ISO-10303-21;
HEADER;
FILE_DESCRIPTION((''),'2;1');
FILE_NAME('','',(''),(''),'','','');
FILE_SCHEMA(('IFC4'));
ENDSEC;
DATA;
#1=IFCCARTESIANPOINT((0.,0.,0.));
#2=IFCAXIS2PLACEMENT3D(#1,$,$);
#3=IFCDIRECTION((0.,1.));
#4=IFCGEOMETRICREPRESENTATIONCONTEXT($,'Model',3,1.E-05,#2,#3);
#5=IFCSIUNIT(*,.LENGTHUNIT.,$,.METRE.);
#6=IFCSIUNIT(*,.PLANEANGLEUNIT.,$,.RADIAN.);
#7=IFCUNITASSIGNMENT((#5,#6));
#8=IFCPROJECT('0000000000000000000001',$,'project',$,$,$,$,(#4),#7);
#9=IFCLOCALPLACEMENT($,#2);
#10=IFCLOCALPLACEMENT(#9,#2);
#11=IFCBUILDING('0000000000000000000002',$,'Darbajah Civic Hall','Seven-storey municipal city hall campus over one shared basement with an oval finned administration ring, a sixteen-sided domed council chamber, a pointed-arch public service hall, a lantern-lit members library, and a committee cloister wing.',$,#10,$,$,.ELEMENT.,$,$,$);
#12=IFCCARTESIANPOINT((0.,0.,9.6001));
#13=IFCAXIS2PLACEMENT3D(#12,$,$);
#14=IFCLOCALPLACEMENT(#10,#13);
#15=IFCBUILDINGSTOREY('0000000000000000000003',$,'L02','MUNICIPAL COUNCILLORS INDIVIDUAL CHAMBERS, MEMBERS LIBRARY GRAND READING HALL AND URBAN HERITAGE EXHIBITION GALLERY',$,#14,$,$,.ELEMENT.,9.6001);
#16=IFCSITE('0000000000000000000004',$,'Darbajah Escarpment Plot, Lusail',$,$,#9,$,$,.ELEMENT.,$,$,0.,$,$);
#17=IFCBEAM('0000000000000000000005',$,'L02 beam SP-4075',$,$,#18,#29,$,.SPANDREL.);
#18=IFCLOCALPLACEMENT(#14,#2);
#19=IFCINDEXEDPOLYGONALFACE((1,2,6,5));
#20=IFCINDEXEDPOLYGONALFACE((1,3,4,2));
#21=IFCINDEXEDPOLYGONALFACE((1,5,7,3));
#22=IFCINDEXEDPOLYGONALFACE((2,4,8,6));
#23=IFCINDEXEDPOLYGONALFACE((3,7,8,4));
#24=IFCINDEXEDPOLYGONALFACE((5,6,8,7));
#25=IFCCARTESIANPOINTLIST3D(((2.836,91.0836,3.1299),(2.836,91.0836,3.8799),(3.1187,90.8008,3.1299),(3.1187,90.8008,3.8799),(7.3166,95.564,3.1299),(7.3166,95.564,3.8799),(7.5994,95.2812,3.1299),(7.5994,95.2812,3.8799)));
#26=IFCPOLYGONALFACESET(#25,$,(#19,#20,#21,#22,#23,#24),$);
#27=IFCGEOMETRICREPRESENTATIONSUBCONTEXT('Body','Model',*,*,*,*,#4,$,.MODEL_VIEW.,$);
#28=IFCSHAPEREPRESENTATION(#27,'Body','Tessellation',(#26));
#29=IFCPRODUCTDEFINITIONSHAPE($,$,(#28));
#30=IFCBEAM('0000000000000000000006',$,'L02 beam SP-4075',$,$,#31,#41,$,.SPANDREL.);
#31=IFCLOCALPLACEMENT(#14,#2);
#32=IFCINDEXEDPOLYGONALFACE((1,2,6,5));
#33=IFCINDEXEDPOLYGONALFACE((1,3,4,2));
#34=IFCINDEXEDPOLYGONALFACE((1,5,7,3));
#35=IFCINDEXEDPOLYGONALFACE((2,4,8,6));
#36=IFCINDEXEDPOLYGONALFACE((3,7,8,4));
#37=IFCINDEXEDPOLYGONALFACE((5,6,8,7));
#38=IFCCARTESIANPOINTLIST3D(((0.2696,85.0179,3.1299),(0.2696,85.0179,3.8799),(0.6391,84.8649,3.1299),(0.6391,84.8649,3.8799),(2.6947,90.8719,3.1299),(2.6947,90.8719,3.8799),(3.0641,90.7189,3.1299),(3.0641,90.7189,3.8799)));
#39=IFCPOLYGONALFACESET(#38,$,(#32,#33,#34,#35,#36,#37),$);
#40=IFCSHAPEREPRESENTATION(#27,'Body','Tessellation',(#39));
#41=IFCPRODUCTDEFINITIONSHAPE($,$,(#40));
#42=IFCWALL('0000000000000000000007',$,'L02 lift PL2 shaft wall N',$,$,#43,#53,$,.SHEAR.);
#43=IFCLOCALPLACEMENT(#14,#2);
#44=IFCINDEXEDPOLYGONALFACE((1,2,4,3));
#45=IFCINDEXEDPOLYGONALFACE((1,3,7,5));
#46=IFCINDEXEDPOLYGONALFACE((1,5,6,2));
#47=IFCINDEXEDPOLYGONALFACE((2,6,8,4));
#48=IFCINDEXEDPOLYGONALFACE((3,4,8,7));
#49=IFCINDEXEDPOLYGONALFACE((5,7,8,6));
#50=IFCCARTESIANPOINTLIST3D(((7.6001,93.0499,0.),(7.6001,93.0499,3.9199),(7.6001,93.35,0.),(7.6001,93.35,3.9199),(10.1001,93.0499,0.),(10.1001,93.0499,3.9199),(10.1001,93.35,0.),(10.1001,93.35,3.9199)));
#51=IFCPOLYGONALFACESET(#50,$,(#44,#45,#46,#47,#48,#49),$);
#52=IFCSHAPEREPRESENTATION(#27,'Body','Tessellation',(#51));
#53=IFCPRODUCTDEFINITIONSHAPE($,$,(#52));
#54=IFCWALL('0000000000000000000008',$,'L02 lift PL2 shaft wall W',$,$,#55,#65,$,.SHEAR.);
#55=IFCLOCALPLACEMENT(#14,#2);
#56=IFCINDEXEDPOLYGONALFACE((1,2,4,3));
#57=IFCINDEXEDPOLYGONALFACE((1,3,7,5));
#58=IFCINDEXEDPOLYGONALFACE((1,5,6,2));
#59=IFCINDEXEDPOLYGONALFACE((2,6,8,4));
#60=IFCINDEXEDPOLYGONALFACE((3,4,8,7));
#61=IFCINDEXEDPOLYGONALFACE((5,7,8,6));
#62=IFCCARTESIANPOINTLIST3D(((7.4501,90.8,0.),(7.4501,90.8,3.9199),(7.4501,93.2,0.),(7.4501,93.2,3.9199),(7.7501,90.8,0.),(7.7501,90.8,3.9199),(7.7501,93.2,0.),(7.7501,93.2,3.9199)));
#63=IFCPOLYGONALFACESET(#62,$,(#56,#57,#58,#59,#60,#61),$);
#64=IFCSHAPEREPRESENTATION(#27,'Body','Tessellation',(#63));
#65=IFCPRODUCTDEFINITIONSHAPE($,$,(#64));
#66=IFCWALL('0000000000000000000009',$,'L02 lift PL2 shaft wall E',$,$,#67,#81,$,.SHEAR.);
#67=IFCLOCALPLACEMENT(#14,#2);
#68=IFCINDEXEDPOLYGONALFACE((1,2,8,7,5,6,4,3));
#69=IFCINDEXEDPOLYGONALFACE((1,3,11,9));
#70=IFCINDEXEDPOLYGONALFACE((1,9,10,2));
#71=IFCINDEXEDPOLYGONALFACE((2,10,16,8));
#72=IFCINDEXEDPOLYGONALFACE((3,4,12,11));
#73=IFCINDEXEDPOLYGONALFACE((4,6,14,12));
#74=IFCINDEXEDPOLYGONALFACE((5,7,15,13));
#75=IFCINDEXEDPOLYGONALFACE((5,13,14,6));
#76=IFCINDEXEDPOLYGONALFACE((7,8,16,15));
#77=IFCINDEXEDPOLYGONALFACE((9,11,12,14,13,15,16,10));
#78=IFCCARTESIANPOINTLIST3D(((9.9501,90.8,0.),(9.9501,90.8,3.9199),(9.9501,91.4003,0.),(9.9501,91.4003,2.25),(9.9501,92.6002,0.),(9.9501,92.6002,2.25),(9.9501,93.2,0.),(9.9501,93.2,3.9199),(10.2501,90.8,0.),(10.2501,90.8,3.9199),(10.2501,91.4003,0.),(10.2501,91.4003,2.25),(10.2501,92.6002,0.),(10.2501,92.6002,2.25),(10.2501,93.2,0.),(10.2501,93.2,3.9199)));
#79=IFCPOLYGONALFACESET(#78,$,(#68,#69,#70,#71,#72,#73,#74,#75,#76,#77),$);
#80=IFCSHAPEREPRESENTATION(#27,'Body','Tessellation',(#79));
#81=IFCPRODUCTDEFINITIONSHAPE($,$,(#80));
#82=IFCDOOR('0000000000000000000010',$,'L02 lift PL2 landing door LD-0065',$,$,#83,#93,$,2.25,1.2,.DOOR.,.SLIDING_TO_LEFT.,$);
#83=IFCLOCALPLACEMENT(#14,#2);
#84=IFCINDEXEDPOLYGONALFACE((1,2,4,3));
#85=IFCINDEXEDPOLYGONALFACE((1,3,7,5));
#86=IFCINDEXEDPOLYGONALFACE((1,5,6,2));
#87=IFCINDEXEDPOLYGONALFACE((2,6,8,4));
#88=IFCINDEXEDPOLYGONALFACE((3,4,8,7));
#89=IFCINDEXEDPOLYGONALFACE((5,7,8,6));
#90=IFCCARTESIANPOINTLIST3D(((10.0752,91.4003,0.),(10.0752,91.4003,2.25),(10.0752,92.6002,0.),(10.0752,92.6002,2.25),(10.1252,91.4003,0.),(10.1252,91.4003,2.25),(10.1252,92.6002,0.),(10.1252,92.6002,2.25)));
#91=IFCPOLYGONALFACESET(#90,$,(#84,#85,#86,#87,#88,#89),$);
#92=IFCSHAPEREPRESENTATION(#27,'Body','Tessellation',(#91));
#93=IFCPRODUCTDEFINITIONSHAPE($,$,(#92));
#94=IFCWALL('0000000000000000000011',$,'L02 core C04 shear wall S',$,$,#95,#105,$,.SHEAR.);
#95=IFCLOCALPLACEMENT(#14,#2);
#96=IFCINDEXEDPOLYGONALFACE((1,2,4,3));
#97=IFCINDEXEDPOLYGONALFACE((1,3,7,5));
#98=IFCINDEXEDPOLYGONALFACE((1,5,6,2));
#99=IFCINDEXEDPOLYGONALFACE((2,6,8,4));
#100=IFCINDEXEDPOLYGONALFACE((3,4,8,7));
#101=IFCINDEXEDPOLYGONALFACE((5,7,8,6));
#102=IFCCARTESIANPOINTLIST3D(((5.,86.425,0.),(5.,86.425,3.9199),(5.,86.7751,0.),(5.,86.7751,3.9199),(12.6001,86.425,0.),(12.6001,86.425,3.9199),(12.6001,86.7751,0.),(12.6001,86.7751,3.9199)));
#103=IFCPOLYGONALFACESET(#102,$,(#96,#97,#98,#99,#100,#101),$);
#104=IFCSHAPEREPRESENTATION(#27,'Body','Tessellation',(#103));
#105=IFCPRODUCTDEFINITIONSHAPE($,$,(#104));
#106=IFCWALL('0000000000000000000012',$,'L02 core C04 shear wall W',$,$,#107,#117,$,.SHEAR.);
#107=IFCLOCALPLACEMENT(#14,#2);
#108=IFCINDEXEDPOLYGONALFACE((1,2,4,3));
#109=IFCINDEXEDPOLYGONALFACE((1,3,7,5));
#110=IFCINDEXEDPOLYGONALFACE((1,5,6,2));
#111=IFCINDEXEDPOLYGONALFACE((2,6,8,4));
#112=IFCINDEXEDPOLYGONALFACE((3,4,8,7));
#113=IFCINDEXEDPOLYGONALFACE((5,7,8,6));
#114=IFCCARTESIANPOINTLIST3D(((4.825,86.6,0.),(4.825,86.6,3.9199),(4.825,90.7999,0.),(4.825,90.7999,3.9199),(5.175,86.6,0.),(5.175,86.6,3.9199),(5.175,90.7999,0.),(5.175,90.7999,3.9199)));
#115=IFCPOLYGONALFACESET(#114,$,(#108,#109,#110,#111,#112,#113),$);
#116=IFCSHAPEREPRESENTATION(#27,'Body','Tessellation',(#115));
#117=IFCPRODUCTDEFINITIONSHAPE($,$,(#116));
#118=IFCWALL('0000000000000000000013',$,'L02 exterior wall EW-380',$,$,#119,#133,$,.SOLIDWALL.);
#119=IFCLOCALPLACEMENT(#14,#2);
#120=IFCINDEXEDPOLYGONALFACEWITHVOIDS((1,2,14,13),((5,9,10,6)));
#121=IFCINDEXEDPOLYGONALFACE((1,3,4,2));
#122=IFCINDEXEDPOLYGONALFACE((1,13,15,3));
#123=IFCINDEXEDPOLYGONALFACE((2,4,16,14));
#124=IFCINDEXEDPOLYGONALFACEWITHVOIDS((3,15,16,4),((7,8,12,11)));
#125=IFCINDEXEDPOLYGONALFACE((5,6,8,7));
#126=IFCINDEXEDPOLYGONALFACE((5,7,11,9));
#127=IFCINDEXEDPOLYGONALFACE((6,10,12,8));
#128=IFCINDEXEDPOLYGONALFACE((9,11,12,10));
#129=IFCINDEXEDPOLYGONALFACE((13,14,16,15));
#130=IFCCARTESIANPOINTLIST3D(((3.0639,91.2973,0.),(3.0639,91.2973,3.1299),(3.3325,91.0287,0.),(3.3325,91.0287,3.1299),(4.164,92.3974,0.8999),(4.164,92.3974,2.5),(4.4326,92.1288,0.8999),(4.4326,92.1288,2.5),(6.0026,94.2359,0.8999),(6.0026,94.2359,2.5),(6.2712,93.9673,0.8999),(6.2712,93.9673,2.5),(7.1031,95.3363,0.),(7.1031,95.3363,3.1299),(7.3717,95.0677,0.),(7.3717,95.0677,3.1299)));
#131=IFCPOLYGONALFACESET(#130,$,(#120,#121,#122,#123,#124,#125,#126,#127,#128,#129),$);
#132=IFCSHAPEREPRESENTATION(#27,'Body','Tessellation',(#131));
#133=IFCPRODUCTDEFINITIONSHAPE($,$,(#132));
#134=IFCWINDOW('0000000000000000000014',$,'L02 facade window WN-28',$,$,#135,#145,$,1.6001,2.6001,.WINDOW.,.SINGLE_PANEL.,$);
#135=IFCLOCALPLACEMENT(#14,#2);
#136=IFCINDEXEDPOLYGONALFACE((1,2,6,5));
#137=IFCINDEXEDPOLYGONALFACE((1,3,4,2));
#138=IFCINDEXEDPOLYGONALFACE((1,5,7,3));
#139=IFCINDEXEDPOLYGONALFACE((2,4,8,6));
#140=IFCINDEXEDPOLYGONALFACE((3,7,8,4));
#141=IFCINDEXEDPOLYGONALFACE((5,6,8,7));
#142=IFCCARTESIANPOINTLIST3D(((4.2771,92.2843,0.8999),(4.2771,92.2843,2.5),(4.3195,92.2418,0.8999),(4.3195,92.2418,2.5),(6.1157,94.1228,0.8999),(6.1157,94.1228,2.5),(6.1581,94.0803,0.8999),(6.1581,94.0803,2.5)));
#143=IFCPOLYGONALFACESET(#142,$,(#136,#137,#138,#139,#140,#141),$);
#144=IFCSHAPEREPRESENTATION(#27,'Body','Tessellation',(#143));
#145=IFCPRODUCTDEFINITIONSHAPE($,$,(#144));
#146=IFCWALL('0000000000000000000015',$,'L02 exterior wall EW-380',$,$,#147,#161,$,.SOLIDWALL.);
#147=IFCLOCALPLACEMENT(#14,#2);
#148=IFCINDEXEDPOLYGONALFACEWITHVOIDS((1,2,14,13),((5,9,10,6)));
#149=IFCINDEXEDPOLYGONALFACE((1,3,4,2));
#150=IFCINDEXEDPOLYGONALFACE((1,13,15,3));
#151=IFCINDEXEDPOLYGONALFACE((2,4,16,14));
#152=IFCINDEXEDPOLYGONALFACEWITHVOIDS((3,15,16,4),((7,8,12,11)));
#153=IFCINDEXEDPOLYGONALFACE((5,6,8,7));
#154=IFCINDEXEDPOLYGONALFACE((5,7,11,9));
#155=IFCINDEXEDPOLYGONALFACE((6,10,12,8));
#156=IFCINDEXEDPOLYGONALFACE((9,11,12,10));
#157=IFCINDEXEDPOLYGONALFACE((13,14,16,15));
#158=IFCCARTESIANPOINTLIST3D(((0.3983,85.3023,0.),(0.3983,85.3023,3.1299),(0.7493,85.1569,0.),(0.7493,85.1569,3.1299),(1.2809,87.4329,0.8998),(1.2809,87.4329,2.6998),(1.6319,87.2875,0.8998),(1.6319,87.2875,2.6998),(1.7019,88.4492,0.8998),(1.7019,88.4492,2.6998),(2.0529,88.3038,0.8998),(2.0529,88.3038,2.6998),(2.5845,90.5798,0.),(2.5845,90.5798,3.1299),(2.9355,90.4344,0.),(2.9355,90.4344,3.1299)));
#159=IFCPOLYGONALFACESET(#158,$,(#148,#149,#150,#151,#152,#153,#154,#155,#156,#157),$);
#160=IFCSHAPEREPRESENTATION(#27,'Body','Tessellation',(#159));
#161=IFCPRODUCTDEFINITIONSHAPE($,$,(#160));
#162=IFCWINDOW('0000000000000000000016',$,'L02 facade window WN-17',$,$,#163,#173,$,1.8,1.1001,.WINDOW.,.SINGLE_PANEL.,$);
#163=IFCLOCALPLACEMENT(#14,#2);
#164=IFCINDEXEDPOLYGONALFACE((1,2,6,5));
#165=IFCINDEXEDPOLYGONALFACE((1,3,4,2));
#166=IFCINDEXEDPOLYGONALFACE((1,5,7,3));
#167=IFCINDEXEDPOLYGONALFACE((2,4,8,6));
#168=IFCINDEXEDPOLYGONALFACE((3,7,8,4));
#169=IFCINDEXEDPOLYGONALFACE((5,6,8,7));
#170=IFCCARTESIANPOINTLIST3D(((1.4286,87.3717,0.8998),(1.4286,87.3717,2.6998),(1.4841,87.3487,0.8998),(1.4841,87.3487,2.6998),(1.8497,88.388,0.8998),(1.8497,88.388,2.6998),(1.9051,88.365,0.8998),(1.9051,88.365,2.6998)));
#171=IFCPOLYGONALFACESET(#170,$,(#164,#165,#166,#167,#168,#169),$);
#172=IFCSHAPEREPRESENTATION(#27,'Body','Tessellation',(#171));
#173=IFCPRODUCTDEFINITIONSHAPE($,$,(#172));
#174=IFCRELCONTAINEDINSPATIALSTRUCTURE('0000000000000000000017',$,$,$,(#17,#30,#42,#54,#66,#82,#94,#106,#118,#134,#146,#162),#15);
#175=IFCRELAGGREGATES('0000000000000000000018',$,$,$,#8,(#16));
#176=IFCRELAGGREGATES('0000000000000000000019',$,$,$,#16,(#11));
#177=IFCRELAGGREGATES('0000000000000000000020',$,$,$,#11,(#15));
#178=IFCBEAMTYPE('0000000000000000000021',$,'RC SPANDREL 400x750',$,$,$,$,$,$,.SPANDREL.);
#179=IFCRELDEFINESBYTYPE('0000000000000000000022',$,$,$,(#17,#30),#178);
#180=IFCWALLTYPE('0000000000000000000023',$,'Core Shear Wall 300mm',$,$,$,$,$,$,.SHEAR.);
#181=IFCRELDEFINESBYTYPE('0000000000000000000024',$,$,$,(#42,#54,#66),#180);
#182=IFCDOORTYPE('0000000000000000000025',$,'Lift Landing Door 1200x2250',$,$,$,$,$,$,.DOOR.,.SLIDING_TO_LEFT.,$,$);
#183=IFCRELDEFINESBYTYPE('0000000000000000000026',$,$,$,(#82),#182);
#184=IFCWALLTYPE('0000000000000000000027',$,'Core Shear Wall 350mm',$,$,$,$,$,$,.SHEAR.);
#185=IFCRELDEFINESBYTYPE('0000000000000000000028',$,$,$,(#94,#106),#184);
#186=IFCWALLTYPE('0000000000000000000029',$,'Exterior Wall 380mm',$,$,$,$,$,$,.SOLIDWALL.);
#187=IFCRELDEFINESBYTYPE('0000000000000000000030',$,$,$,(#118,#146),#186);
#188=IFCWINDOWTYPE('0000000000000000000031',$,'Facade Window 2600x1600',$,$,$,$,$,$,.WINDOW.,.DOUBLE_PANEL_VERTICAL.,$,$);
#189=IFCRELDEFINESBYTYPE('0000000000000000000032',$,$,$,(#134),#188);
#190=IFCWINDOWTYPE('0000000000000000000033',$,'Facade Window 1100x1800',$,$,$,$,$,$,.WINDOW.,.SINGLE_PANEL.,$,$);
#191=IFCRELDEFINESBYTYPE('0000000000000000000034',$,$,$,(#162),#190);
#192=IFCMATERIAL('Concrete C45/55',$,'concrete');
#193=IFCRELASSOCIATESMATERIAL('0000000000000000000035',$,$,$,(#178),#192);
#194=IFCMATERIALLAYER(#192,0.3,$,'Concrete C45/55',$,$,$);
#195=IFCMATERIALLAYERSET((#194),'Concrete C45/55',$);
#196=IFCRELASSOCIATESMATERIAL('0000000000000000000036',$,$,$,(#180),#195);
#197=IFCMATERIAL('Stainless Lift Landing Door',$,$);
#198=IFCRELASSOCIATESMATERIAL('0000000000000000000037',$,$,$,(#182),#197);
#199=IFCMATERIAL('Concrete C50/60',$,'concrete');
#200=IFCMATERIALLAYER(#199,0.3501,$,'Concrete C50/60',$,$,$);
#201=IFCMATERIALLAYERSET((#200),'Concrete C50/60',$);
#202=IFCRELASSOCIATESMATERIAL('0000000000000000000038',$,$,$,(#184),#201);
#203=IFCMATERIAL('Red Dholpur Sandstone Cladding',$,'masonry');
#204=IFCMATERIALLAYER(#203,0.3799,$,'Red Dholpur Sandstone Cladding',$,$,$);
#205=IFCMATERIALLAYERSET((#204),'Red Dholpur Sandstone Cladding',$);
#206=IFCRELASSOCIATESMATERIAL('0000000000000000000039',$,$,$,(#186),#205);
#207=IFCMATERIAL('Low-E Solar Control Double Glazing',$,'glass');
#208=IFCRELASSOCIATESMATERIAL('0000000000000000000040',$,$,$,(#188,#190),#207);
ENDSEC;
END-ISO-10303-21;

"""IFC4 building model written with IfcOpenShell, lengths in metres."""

from ifc_helpers import new_model, si_unit, direction, frame, frame_2d, origin, origin_2d, place, context, subcontext, project, spatial, rectangle, extrude, material, layer, layer_set, material_profile, profile_set, type_object, element, fill, save


model = new_model("IFC4")

# Units and contexts
model_context = context("Model", 3, precision=1e-05, world=origin(), true_north=direction((0.0, 1.0)))
body_context = subcontext(model_context, "Body", "Model", "MODEL_VIEW")
ifc_project = project(units=[si_unit("LENGTHUNIT", "METRE"), si_unit("PLANEANGLEUNIT", "RADIAN")], contexts=[model_context])

# Site, building, storey
site_placement = place(None, origin())
site = spatial("IfcSite", under=ifc_project, at=site_placement, Name="Darbajah Escarpment Plot, Lusail", CompositionType="ELEMENT", RefElevation=0.0)
building_placement = place(site_placement, origin())
building = spatial("IfcBuilding", under=site, at=building_placement, Name="Darbajah Civic Hall", Description="Seven-storey municipal city hall campus over one shared basement with an oval finned administration ring, a sixteen-sided domed council chamber, a pointed-arch public service hall, a lantern-lit members library, and a committee cloister wing.", CompositionType="ELEMENT")
storey_placement = place(building_placement, frame((0.0, 0.0, 9.6001)))
storey = spatial("IfcBuildingStorey", under=building, at=storey_placement, Name="L02", Description="MUNICIPAL COUNCILLORS INDIVIDUAL CHAMBERS, MEMBERS LIBRARY GRAND READING HALL AND URBAN HERITAGE EXHIBITION GALLERY", CompositionType="ELEMENT", Elevation=9.6001)

# Shared definitions
ifc_material_1 = material(Name="Concrete C45/55", Category="concrete")
ifc_material_2 = material(Name="Concrete C50/60", Category="concrete")

# Beams
ifc_material_profile_1 = material_profile(ifc_material_1, rectangle(XDim=0.3999, YDim=0.75, at=origin_2d()), Name="RC SPANDREL 400x750")
ifc_profile_set_1 = profile_set([ifc_material_profile_1], Name="Concrete C45/55")
beam_type_1 = type_object("IfcBeamType", Name="RC SPANDREL 400x750", PredefinedType="SPANDREL", material=ifc_profile_set_1)
for number, where, z_axis, x_axis, name in (
    (1, (7.458, 95.4226, 3.5049), (-0.707126, -0.707088, 0.0), (0.707088, -0.707126, 0.0), "L02 beam SP-4075"),
    (2, (2.8794, 90.7954, 3.5049), (-0.382716, -0.923866, 0.0), (0.923866, -0.382716, 0.0), "L02 beam SP-4075"),
):
    element("IfcBeam", number, at=place(storey_placement, frame(where, z_axis=z_axis, x_axis=x_axis)), inside=storey, type_object=beam_type_1, Name=name, PredefinedType="SPANDREL", context=body_context, shape_type="SweptSolid", body=[
        extrude(rectangle(XDim=0.3999, YDim=0.75, at=origin_2d()), origin(), (0.0, 0.0, 1.0), 6.3364),
    ])

# Walls
ifc_layer_1 = layer(ifc_material_1, 0.3, Name="Concrete C45/55")
ifc_layer_set_1 = layer_set([ifc_layer_1], Name="Concrete C45/55")
wall_type_1 = type_object("IfcWallType", Name="Core Shear Wall 300mm", PredefinedType="SHEAR", material=ifc_layer_set_1)
wall_1_placement = place(storey_placement, frame((10.1001, 93.2, 0.0), z_axis=(0.0, 0.0, 1.0), x_axis=(-1.0, 0.0, 0.0)))
element("IfcWall", 3, at=wall_1_placement, inside=storey, type_object=wall_type_1, Name="L02 lift PL2 shaft wall N", PredefinedType="SHEAR", context=body_context, shape_type="SweptSolid", body=[
    extrude(rectangle(XDim=2.5, YDim=0.3, at=frame_2d((1.25, 0.0))), origin(), (0.0, 0.0, 1.0), 3.9199),
])
wall_2_placement = place(storey_placement, frame((7.6001, 93.2, 0.0), z_axis=(0.0, 0.0, 1.0), x_axis=(0.0, -1.0, 0.0)))
element("IfcWall", 4, at=wall_2_placement, inside=storey, type_object=wall_type_1, Name="L02 lift PL2 shaft wall W", PredefinedType="SHEAR", context=body_context, shape_type="SweptSolid", body=[
    extrude(rectangle(XDim=2.3999, YDim=0.3, at=frame_2d((1.2, 0.0))), origin(), (0.0, 0.0, 1.0), 3.9199),
])

# Wall, opening, door
wall_3_placement = place(storey_placement, frame((10.1001, 90.8, 0.0), z_axis=(0.0, 0.0, 1.0), x_axis=(0.0, 1.0, 0.0)))
wall_3 = element("IfcWall", 5, at=wall_3_placement, inside=storey, type_object=wall_type_1, Name="L02 lift PL2 shaft wall E", PredefinedType="SHEAR", context=body_context, shape_type="SweptSolid", body=[
    extrude(rectangle(XDim=2.3999, YDim=0.3, at=frame_2d((1.2, 0.0))), origin(), (0.0, 0.0, 1.0), 3.9199),
])
opening_1_placement = place(wall_3_placement, frame((0.6001, 0.0, 0.0)))
opening_1 = element("IfcOpeningElement", 6, at=opening_1_placement, cuts=wall_3, PredefinedType="OPENING", context=body_context, shape_type="SweptSolid", body=[
    extrude(rectangle(XDim=1.2, YDim=2.25, at=frame_2d((0.6001, 1.125))), frame((0.0, 0.1599, 0.0), z_axis=(0.0, -1.0, 0.0), x_axis=(1.0, 0.0, 0.0)), (0.0, 0.0, 1.0), 0.3201),
])
ifc_material_3 = material(Name="Stainless Lift Landing Door")
door_type = type_object("IfcDoorType", Name="Lift Landing Door 1200x2250", OperationType="SLIDING_TO_LEFT", PredefinedType="DOOR", material=ifc_material_3)
door_placement = place(opening_1_placement, origin())
door = element("IfcDoor", 7, at=door_placement, inside=storey, type_object=door_type, Name="L02 lift PL2 landing door LD-0065", OperationType="SLIDING_TO_LEFT", OverallHeight=2.25, OverallWidth=1.2, PredefinedType="DOOR", context=body_context, shape_type="SweptSolid", body=[
    extrude(rectangle(XDim=1.2, YDim=2.25, at=frame_2d((0.6001, 1.125))), frame((0.0, 0.0249, 0.0), z_axis=(0.0, -1.0, 0.0), x_axis=(1.0, 0.0, 0.0)), (0.0, 0.0, 1.0), 0.05),
])
fill(opening_1, door)

# Walls
ifc_layer_2 = layer(ifc_material_2, 0.3501, Name="Concrete C50/60")
ifc_layer_set_2 = layer_set([ifc_layer_2], Name="Concrete C50/60")
wall_type_2 = type_object("IfcWallType", Name="Core Shear Wall 350mm", PredefinedType="SHEAR", material=ifc_layer_set_2)
wall_4_placement = place(storey_placement, frame((5.0, 86.6001, 0.0), z_axis=(0.0, 0.0, 1.0), x_axis=(1.0, 0.0, 0.0)))
element("IfcWall", 8, at=wall_4_placement, inside=storey, type_object=wall_type_2, Name="L02 core C04 shear wall S", PredefinedType="SHEAR", context=body_context, shape_type="SweptSolid", body=[
    extrude(rectangle(XDim=7.6001, YDim=0.3501, at=frame_2d((3.8, 0.0))), origin(), (0.0, 0.0, 1.0), 3.9199),
])
wall_5_placement = place(storey_placement, frame((5.0, 90.8, 0.0), z_axis=(0.0, 0.0, 1.0), x_axis=(0.0, -1.0, 0.0)))
element("IfcWall", 9, at=wall_5_placement, inside=storey, type_object=wall_type_2, Name="L02 core C04 shear wall W", PredefinedType="SHEAR", context=body_context, shape_type="SweptSolid", body=[
    extrude(rectangle(XDim=4.2, YDim=0.3501, at=frame_2d((2.1001, 0.0))), origin(), (0.0, 0.0, 1.0), 3.9199),
])

# Walls, openings, windows
ifc_material_4 = material(Name="Red Dholpur Sandstone Cladding", Category="masonry")
ifc_layer_3 = layer(ifc_material_4, 0.3799, Name="Red Dholpur Sandstone Cladding")
ifc_layer_set_3 = layer_set([ifc_layer_3], Name="Red Dholpur Sandstone Cladding")
wall_type_3 = type_object("IfcWallType", Name="Exterior Wall 380mm", PredefinedType="SOLIDWALL", material=ifc_layer_set_3)
wall_6_placement = place(storey_placement, frame((7.2373, 95.2019, 0.0), z_axis=(0.0, 0.0, 1.0), x_axis=(-0.707128, -0.707085, 0.0)))
wall_6 = element("IfcWall", 10, at=wall_6_placement, inside=storey, type_object=wall_type_3, Name="L02 exterior wall EW-380", PredefinedType="SOLIDWALL", context=body_context, shape_type="SweptSolid", body=[
    extrude(rectangle(XDim=5.7122, YDim=0.3799, at=frame_2d((2.856, 0.0))), origin(), (0.0, 0.0, 1.0), 3.1299),
])
opening_2_placement = place(wall_6_placement, frame((1.5562, 0.0, 0.8999)))
opening_2 = element("IfcOpeningElement", 11, at=opening_2_placement, cuts=wall_6, PredefinedType="OPENING", context=body_context, shape_type="SweptSolid", body=[
    extrude(rectangle(XDim=2.6001, YDim=1.6001, at=frame_2d((1.3, 0.8))), frame((0.0, 0.2, 0.0), z_axis=(0.0, -1.0, 0.0), x_axis=(1.0, 0.0, 0.0)), (0.0, 0.0, 1.0), 0.3999),
])
ifc_material_5 = material(Name="Low-E Solar Control Double Glazing", Category="glass")
window_type_1 = type_object("IfcWindowType", Name="Facade Window 2600x1600", PartitioningType="DOUBLE_PANEL_VERTICAL", PredefinedType="WINDOW", material=ifc_material_5)
window_1_placement = place(opening_2_placement, origin())
window_1 = element("IfcWindow", 12, at=window_1_placement, inside=storey, type_object=window_type_1, Name="L02 facade window WN-28", OverallHeight=1.6001, OverallWidth=2.6001, PartitioningType="SINGLE_PANEL", PredefinedType="WINDOW", context=body_context, shape_type="SweptSolid", body=[
    extrude(rectangle(XDim=2.6001, YDim=1.6001, at=frame_2d((1.3, 0.8))), frame((0.0, 0.03, 0.0), z_axis=(0.0, -1.0, 0.0), x_axis=(1.0, 0.0, 0.0)), (0.0, 0.0, 1.0), 0.0601),
])
fill(opening_2, window_1)
wall_7_placement = place(storey_placement, frame((2.76, 90.5071, 0.0), z_axis=(0.0, 0.0, 1.0), x_axis=(-0.382718, -0.923865, 0.0)))
wall_7 = element("IfcWall", 13, at=wall_7_placement, inside=storey, type_object=wall_type_3, Name="L02 exterior wall EW-380", PredefinedType="SOLIDWALL", context=body_context, shape_type="SweptSolid", body=[
    extrude(rectangle(XDim=5.7124, YDim=0.3799, at=frame_2d((2.8562, 0.0))), origin(), (0.0, 0.0, 1.0), 3.1299),
])
opening_3_placement = place(wall_7_placement, frame((2.3062, 0.0, 0.8999)))
opening_3 = element("IfcOpeningElement", 14, at=opening_3_placement, cuts=wall_7, PredefinedType="OPENING", context=body_context, shape_type="SweptSolid", body=[
    extrude(rectangle(XDim=1.1001, YDim=1.8, at=frame_2d((0.55, 0.8999))), frame((0.0, 0.2, 0.0), z_axis=(0.0, -1.0, 0.0), x_axis=(1.0, 0.0, 0.0)), (0.0, 0.0, 1.0), 0.3999),
])
window_type_2 = type_object("IfcWindowType", Name="Facade Window 1100x1800", PartitioningType="SINGLE_PANEL", PredefinedType="WINDOW", material=ifc_material_5)
window_2_placement = place(opening_3_placement, origin())
window_2 = element("IfcWindow", 15, at=window_2_placement, inside=storey, type_object=window_type_2, Name="L02 facade window WN-17", OverallHeight=1.8, OverallWidth=1.1001, PartitioningType="SINGLE_PANEL", PredefinedType="WINDOW", context=body_context, shape_type="SweptSolid", body=[
    extrude(rectangle(XDim=1.1001, YDim=1.8, at=frame_2d((0.55, 0.8999))), frame((0.0, 0.03, 0.0), z_axis=(0.0, -1.0, 0.0), x_axis=(1.0, 0.0, 0.0)), (0.0, 0.0, 1.0), 0.0601),
])
fill(opening_3, window_2)

save(model, "model.ifc")
